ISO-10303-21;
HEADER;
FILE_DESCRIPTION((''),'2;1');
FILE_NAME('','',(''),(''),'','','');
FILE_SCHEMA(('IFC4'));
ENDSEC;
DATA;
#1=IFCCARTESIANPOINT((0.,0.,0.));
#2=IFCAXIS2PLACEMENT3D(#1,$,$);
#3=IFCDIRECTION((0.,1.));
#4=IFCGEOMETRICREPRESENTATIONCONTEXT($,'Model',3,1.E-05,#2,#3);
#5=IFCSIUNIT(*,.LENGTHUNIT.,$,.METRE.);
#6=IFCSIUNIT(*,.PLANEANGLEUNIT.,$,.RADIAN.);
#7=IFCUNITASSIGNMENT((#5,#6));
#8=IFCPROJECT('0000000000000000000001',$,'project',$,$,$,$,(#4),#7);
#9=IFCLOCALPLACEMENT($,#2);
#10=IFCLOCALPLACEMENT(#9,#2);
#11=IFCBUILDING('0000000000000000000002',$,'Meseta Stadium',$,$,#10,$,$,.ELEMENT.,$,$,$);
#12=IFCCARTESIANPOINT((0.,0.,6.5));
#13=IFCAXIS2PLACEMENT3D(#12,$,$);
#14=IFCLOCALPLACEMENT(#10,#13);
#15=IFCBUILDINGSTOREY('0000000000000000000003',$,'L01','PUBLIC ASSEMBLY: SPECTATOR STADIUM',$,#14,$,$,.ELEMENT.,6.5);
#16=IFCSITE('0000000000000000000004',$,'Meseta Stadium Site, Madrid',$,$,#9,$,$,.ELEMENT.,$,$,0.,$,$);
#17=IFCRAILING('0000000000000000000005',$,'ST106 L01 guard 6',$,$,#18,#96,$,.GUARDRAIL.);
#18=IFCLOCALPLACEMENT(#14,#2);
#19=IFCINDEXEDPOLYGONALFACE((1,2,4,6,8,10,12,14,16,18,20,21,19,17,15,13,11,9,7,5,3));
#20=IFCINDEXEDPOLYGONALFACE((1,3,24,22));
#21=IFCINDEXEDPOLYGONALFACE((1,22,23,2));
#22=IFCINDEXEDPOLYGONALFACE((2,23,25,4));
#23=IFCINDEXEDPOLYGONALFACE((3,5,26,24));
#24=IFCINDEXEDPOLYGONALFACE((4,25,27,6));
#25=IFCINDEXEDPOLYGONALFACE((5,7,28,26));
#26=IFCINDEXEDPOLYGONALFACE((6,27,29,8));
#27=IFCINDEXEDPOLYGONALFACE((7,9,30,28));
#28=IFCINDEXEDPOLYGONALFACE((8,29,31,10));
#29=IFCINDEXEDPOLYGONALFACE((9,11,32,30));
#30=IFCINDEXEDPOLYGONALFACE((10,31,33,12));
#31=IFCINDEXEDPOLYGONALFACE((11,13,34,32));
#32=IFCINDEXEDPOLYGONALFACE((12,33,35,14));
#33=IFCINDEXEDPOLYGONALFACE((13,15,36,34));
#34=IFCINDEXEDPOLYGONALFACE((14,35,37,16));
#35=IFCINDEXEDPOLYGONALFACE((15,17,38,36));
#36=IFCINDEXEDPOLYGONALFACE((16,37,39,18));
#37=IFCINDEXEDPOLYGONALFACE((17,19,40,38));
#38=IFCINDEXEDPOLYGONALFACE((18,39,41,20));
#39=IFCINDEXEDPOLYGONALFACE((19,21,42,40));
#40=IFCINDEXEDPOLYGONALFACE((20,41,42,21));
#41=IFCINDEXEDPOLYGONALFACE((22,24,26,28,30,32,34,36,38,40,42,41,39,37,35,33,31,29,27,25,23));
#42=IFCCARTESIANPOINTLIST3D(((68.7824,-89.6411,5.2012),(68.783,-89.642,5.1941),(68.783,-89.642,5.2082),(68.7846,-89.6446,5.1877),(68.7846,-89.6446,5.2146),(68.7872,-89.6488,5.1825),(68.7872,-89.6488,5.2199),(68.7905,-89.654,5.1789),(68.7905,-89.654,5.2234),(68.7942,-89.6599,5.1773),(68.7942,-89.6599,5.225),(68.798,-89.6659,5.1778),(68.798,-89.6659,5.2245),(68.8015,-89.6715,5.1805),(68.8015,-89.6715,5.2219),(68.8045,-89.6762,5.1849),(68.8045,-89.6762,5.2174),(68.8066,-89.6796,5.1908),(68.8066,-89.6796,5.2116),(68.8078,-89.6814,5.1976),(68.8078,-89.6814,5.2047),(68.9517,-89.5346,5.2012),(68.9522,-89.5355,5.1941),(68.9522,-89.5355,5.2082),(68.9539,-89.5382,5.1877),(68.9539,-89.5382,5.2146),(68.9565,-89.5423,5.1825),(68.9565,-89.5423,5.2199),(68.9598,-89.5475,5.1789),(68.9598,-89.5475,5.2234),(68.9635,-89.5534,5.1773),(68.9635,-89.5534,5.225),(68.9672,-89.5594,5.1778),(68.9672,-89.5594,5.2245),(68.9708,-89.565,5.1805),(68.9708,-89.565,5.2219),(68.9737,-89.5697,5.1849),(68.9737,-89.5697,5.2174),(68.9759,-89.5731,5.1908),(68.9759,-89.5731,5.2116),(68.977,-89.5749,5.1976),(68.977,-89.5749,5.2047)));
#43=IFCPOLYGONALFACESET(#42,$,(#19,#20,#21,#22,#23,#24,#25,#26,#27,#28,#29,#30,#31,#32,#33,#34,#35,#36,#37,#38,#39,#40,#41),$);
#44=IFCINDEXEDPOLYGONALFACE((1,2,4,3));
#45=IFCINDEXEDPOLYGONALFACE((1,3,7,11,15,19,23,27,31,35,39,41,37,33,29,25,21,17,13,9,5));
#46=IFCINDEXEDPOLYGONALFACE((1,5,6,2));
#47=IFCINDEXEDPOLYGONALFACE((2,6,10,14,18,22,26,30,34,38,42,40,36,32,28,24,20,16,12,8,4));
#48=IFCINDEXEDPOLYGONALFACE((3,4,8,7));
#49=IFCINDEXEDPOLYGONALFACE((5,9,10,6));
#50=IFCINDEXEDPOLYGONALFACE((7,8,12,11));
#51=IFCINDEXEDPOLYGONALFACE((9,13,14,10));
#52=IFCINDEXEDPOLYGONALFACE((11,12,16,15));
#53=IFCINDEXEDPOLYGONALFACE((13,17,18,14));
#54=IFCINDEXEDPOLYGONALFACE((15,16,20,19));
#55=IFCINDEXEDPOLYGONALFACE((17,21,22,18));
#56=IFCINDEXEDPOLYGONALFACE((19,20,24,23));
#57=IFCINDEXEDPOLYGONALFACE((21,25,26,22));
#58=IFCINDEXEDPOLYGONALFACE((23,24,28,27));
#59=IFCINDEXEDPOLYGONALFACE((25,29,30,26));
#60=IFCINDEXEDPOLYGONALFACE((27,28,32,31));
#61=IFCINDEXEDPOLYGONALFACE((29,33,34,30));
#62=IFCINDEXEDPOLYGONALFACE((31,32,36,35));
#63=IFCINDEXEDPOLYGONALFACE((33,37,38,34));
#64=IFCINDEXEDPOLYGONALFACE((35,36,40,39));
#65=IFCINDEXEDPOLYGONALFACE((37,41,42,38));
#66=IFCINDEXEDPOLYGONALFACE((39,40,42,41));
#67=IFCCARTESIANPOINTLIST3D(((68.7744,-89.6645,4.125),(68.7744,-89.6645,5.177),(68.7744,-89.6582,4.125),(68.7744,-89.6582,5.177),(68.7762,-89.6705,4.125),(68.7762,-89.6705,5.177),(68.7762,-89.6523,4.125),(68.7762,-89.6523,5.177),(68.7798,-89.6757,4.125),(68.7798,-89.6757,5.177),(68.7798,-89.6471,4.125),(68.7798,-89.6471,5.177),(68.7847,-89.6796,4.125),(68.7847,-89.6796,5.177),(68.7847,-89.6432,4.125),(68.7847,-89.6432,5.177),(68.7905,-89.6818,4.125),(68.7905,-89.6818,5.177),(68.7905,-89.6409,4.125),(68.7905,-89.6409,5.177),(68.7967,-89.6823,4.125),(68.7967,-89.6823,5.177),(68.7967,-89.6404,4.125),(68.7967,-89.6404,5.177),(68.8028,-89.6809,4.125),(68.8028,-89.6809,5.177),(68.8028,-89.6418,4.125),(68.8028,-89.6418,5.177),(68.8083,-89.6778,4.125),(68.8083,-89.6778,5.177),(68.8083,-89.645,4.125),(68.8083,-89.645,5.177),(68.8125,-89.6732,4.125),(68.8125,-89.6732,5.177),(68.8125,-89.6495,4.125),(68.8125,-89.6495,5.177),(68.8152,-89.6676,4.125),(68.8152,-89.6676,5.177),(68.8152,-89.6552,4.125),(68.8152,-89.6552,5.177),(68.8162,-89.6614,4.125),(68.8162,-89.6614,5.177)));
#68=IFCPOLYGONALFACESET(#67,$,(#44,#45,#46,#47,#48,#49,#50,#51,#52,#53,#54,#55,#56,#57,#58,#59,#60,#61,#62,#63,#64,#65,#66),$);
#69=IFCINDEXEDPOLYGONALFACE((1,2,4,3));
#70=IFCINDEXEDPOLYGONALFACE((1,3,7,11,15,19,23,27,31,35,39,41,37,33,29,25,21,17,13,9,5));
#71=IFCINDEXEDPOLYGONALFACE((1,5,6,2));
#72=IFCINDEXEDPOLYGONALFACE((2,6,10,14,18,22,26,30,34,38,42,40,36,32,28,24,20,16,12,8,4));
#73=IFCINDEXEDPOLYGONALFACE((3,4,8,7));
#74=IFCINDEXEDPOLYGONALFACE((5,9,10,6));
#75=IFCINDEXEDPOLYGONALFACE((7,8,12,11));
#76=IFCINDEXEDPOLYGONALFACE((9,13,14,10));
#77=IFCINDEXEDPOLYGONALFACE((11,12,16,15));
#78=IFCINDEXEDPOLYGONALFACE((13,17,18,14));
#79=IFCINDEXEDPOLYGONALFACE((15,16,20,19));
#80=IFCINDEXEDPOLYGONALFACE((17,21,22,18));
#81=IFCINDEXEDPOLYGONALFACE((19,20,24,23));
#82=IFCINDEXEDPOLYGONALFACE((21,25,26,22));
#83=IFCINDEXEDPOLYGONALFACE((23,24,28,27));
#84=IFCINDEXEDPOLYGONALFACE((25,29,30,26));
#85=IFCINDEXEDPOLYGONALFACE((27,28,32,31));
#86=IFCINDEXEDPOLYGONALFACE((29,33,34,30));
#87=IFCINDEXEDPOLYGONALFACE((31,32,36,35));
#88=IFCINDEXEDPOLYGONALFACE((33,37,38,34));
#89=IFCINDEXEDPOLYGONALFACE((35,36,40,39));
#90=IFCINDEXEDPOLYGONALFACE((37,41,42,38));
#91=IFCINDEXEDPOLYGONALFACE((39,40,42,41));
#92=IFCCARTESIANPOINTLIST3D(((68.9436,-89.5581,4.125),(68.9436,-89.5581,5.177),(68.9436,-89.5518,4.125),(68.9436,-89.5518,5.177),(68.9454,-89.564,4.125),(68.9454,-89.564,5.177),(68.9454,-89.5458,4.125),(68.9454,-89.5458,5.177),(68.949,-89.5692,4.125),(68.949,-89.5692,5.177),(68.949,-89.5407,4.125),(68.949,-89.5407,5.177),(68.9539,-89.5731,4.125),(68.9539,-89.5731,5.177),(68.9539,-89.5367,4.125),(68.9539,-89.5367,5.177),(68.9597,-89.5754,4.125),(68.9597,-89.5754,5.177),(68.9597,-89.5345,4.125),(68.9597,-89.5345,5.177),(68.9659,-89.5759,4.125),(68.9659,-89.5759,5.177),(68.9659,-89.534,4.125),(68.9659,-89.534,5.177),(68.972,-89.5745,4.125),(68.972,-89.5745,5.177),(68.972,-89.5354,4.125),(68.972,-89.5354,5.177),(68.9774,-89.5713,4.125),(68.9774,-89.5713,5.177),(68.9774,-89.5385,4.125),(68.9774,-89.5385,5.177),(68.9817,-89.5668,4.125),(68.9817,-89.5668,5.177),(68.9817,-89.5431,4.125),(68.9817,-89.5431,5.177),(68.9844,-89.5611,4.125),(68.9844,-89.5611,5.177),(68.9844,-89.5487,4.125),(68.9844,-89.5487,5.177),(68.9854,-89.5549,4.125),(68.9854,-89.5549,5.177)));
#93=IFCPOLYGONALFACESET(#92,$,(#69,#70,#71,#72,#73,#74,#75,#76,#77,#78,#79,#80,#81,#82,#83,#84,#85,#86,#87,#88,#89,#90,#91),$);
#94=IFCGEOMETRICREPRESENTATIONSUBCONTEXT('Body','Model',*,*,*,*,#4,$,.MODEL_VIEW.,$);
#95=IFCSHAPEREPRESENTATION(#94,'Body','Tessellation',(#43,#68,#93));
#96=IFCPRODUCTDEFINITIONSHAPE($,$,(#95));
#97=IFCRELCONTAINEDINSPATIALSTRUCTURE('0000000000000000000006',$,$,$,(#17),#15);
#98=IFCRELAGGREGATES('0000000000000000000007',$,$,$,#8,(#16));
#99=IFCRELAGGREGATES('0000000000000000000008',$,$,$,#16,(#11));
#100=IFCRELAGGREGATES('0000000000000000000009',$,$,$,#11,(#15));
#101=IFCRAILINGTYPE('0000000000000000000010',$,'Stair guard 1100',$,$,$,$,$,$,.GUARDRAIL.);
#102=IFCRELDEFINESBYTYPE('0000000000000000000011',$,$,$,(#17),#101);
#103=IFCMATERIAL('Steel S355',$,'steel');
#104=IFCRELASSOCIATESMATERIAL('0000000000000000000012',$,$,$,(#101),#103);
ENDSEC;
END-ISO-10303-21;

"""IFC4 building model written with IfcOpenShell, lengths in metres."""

from ifc_helpers import new_model, si_unit, direction, frame, origin, origin_2d, place, context, subcontext, project, spatial, circle, extrude, material, type_object, element, save


model = new_model("IFC4")

# Units and contexts
model_context = context("Model", 3, precision=1e-05, world=origin(), true_north=direction((0.0, 1.0)))
body_context = subcontext(model_context, "Body", "Model", "MODEL_VIEW")
ifc_project = project(units=[si_unit("LENGTHUNIT", "METRE"), si_unit("PLANEANGLEUNIT", "RADIAN")], contexts=[model_context])

# Site, building, storey
site_placement = place(None, origin())
site = spatial("IfcSite", under=ifc_project, at=site_placement, Name="Meseta Stadium Site, Madrid", CompositionType="ELEMENT", RefElevation=0.0)
building_placement = place(site_placement, origin())
building = spatial("IfcBuilding", under=site, at=building_placement, Name="Meseta Stadium", CompositionType="ELEMENT")
storey_placement = place(building_placement, frame((0.0, 0.0, 6.5)))
storey = spatial("IfcBuildingStorey", under=building, at=storey_placement, Name="L01", Description="PUBLIC ASSEMBLY: SPECTATOR STADIUM", CompositionType="ELEMENT", Elevation=6.5)

# Railing
ifc_material_1 = material(Name="Steel S355", Category="steel")
railing_type_1 = type_object("IfcRailingType", Name="Stair guard 1100", PredefinedType="GUARDRAIL", material=ifc_material_1)
railing_1_placement = place(storey_placement, frame((68.7952, -89.6614, 4.125)))
element("IfcRailing", 1, at=railing_1_placement, inside=storey, type_object=railing_type_1, Name="ST106 L01 guard 6", PredefinedType="GUARDRAIL", context=body_context, shape_type="SweptSolid", body=[
    extrude(circle(Radius=0.0239, at=origin_2d()), frame((0.0, 0.0, 1.0762), z_axis=(0.846416, 0.532522, 0.0), x_axis=(-0.532522, 0.846416, 0.0)), (0.0, 0.0, 1.0), 0.2),
    extrude(circle(Radius=0.021, at=origin_2d()), origin(), (0.0, 0.0, 1.0), 1.052),
    extrude(circle(Radius=0.021, at=origin_2d()), frame((0.1692, 0.1064, 0.0)), (0.0, 0.0, 1.0), 1.052),
])

save(model, "model.ifc")
